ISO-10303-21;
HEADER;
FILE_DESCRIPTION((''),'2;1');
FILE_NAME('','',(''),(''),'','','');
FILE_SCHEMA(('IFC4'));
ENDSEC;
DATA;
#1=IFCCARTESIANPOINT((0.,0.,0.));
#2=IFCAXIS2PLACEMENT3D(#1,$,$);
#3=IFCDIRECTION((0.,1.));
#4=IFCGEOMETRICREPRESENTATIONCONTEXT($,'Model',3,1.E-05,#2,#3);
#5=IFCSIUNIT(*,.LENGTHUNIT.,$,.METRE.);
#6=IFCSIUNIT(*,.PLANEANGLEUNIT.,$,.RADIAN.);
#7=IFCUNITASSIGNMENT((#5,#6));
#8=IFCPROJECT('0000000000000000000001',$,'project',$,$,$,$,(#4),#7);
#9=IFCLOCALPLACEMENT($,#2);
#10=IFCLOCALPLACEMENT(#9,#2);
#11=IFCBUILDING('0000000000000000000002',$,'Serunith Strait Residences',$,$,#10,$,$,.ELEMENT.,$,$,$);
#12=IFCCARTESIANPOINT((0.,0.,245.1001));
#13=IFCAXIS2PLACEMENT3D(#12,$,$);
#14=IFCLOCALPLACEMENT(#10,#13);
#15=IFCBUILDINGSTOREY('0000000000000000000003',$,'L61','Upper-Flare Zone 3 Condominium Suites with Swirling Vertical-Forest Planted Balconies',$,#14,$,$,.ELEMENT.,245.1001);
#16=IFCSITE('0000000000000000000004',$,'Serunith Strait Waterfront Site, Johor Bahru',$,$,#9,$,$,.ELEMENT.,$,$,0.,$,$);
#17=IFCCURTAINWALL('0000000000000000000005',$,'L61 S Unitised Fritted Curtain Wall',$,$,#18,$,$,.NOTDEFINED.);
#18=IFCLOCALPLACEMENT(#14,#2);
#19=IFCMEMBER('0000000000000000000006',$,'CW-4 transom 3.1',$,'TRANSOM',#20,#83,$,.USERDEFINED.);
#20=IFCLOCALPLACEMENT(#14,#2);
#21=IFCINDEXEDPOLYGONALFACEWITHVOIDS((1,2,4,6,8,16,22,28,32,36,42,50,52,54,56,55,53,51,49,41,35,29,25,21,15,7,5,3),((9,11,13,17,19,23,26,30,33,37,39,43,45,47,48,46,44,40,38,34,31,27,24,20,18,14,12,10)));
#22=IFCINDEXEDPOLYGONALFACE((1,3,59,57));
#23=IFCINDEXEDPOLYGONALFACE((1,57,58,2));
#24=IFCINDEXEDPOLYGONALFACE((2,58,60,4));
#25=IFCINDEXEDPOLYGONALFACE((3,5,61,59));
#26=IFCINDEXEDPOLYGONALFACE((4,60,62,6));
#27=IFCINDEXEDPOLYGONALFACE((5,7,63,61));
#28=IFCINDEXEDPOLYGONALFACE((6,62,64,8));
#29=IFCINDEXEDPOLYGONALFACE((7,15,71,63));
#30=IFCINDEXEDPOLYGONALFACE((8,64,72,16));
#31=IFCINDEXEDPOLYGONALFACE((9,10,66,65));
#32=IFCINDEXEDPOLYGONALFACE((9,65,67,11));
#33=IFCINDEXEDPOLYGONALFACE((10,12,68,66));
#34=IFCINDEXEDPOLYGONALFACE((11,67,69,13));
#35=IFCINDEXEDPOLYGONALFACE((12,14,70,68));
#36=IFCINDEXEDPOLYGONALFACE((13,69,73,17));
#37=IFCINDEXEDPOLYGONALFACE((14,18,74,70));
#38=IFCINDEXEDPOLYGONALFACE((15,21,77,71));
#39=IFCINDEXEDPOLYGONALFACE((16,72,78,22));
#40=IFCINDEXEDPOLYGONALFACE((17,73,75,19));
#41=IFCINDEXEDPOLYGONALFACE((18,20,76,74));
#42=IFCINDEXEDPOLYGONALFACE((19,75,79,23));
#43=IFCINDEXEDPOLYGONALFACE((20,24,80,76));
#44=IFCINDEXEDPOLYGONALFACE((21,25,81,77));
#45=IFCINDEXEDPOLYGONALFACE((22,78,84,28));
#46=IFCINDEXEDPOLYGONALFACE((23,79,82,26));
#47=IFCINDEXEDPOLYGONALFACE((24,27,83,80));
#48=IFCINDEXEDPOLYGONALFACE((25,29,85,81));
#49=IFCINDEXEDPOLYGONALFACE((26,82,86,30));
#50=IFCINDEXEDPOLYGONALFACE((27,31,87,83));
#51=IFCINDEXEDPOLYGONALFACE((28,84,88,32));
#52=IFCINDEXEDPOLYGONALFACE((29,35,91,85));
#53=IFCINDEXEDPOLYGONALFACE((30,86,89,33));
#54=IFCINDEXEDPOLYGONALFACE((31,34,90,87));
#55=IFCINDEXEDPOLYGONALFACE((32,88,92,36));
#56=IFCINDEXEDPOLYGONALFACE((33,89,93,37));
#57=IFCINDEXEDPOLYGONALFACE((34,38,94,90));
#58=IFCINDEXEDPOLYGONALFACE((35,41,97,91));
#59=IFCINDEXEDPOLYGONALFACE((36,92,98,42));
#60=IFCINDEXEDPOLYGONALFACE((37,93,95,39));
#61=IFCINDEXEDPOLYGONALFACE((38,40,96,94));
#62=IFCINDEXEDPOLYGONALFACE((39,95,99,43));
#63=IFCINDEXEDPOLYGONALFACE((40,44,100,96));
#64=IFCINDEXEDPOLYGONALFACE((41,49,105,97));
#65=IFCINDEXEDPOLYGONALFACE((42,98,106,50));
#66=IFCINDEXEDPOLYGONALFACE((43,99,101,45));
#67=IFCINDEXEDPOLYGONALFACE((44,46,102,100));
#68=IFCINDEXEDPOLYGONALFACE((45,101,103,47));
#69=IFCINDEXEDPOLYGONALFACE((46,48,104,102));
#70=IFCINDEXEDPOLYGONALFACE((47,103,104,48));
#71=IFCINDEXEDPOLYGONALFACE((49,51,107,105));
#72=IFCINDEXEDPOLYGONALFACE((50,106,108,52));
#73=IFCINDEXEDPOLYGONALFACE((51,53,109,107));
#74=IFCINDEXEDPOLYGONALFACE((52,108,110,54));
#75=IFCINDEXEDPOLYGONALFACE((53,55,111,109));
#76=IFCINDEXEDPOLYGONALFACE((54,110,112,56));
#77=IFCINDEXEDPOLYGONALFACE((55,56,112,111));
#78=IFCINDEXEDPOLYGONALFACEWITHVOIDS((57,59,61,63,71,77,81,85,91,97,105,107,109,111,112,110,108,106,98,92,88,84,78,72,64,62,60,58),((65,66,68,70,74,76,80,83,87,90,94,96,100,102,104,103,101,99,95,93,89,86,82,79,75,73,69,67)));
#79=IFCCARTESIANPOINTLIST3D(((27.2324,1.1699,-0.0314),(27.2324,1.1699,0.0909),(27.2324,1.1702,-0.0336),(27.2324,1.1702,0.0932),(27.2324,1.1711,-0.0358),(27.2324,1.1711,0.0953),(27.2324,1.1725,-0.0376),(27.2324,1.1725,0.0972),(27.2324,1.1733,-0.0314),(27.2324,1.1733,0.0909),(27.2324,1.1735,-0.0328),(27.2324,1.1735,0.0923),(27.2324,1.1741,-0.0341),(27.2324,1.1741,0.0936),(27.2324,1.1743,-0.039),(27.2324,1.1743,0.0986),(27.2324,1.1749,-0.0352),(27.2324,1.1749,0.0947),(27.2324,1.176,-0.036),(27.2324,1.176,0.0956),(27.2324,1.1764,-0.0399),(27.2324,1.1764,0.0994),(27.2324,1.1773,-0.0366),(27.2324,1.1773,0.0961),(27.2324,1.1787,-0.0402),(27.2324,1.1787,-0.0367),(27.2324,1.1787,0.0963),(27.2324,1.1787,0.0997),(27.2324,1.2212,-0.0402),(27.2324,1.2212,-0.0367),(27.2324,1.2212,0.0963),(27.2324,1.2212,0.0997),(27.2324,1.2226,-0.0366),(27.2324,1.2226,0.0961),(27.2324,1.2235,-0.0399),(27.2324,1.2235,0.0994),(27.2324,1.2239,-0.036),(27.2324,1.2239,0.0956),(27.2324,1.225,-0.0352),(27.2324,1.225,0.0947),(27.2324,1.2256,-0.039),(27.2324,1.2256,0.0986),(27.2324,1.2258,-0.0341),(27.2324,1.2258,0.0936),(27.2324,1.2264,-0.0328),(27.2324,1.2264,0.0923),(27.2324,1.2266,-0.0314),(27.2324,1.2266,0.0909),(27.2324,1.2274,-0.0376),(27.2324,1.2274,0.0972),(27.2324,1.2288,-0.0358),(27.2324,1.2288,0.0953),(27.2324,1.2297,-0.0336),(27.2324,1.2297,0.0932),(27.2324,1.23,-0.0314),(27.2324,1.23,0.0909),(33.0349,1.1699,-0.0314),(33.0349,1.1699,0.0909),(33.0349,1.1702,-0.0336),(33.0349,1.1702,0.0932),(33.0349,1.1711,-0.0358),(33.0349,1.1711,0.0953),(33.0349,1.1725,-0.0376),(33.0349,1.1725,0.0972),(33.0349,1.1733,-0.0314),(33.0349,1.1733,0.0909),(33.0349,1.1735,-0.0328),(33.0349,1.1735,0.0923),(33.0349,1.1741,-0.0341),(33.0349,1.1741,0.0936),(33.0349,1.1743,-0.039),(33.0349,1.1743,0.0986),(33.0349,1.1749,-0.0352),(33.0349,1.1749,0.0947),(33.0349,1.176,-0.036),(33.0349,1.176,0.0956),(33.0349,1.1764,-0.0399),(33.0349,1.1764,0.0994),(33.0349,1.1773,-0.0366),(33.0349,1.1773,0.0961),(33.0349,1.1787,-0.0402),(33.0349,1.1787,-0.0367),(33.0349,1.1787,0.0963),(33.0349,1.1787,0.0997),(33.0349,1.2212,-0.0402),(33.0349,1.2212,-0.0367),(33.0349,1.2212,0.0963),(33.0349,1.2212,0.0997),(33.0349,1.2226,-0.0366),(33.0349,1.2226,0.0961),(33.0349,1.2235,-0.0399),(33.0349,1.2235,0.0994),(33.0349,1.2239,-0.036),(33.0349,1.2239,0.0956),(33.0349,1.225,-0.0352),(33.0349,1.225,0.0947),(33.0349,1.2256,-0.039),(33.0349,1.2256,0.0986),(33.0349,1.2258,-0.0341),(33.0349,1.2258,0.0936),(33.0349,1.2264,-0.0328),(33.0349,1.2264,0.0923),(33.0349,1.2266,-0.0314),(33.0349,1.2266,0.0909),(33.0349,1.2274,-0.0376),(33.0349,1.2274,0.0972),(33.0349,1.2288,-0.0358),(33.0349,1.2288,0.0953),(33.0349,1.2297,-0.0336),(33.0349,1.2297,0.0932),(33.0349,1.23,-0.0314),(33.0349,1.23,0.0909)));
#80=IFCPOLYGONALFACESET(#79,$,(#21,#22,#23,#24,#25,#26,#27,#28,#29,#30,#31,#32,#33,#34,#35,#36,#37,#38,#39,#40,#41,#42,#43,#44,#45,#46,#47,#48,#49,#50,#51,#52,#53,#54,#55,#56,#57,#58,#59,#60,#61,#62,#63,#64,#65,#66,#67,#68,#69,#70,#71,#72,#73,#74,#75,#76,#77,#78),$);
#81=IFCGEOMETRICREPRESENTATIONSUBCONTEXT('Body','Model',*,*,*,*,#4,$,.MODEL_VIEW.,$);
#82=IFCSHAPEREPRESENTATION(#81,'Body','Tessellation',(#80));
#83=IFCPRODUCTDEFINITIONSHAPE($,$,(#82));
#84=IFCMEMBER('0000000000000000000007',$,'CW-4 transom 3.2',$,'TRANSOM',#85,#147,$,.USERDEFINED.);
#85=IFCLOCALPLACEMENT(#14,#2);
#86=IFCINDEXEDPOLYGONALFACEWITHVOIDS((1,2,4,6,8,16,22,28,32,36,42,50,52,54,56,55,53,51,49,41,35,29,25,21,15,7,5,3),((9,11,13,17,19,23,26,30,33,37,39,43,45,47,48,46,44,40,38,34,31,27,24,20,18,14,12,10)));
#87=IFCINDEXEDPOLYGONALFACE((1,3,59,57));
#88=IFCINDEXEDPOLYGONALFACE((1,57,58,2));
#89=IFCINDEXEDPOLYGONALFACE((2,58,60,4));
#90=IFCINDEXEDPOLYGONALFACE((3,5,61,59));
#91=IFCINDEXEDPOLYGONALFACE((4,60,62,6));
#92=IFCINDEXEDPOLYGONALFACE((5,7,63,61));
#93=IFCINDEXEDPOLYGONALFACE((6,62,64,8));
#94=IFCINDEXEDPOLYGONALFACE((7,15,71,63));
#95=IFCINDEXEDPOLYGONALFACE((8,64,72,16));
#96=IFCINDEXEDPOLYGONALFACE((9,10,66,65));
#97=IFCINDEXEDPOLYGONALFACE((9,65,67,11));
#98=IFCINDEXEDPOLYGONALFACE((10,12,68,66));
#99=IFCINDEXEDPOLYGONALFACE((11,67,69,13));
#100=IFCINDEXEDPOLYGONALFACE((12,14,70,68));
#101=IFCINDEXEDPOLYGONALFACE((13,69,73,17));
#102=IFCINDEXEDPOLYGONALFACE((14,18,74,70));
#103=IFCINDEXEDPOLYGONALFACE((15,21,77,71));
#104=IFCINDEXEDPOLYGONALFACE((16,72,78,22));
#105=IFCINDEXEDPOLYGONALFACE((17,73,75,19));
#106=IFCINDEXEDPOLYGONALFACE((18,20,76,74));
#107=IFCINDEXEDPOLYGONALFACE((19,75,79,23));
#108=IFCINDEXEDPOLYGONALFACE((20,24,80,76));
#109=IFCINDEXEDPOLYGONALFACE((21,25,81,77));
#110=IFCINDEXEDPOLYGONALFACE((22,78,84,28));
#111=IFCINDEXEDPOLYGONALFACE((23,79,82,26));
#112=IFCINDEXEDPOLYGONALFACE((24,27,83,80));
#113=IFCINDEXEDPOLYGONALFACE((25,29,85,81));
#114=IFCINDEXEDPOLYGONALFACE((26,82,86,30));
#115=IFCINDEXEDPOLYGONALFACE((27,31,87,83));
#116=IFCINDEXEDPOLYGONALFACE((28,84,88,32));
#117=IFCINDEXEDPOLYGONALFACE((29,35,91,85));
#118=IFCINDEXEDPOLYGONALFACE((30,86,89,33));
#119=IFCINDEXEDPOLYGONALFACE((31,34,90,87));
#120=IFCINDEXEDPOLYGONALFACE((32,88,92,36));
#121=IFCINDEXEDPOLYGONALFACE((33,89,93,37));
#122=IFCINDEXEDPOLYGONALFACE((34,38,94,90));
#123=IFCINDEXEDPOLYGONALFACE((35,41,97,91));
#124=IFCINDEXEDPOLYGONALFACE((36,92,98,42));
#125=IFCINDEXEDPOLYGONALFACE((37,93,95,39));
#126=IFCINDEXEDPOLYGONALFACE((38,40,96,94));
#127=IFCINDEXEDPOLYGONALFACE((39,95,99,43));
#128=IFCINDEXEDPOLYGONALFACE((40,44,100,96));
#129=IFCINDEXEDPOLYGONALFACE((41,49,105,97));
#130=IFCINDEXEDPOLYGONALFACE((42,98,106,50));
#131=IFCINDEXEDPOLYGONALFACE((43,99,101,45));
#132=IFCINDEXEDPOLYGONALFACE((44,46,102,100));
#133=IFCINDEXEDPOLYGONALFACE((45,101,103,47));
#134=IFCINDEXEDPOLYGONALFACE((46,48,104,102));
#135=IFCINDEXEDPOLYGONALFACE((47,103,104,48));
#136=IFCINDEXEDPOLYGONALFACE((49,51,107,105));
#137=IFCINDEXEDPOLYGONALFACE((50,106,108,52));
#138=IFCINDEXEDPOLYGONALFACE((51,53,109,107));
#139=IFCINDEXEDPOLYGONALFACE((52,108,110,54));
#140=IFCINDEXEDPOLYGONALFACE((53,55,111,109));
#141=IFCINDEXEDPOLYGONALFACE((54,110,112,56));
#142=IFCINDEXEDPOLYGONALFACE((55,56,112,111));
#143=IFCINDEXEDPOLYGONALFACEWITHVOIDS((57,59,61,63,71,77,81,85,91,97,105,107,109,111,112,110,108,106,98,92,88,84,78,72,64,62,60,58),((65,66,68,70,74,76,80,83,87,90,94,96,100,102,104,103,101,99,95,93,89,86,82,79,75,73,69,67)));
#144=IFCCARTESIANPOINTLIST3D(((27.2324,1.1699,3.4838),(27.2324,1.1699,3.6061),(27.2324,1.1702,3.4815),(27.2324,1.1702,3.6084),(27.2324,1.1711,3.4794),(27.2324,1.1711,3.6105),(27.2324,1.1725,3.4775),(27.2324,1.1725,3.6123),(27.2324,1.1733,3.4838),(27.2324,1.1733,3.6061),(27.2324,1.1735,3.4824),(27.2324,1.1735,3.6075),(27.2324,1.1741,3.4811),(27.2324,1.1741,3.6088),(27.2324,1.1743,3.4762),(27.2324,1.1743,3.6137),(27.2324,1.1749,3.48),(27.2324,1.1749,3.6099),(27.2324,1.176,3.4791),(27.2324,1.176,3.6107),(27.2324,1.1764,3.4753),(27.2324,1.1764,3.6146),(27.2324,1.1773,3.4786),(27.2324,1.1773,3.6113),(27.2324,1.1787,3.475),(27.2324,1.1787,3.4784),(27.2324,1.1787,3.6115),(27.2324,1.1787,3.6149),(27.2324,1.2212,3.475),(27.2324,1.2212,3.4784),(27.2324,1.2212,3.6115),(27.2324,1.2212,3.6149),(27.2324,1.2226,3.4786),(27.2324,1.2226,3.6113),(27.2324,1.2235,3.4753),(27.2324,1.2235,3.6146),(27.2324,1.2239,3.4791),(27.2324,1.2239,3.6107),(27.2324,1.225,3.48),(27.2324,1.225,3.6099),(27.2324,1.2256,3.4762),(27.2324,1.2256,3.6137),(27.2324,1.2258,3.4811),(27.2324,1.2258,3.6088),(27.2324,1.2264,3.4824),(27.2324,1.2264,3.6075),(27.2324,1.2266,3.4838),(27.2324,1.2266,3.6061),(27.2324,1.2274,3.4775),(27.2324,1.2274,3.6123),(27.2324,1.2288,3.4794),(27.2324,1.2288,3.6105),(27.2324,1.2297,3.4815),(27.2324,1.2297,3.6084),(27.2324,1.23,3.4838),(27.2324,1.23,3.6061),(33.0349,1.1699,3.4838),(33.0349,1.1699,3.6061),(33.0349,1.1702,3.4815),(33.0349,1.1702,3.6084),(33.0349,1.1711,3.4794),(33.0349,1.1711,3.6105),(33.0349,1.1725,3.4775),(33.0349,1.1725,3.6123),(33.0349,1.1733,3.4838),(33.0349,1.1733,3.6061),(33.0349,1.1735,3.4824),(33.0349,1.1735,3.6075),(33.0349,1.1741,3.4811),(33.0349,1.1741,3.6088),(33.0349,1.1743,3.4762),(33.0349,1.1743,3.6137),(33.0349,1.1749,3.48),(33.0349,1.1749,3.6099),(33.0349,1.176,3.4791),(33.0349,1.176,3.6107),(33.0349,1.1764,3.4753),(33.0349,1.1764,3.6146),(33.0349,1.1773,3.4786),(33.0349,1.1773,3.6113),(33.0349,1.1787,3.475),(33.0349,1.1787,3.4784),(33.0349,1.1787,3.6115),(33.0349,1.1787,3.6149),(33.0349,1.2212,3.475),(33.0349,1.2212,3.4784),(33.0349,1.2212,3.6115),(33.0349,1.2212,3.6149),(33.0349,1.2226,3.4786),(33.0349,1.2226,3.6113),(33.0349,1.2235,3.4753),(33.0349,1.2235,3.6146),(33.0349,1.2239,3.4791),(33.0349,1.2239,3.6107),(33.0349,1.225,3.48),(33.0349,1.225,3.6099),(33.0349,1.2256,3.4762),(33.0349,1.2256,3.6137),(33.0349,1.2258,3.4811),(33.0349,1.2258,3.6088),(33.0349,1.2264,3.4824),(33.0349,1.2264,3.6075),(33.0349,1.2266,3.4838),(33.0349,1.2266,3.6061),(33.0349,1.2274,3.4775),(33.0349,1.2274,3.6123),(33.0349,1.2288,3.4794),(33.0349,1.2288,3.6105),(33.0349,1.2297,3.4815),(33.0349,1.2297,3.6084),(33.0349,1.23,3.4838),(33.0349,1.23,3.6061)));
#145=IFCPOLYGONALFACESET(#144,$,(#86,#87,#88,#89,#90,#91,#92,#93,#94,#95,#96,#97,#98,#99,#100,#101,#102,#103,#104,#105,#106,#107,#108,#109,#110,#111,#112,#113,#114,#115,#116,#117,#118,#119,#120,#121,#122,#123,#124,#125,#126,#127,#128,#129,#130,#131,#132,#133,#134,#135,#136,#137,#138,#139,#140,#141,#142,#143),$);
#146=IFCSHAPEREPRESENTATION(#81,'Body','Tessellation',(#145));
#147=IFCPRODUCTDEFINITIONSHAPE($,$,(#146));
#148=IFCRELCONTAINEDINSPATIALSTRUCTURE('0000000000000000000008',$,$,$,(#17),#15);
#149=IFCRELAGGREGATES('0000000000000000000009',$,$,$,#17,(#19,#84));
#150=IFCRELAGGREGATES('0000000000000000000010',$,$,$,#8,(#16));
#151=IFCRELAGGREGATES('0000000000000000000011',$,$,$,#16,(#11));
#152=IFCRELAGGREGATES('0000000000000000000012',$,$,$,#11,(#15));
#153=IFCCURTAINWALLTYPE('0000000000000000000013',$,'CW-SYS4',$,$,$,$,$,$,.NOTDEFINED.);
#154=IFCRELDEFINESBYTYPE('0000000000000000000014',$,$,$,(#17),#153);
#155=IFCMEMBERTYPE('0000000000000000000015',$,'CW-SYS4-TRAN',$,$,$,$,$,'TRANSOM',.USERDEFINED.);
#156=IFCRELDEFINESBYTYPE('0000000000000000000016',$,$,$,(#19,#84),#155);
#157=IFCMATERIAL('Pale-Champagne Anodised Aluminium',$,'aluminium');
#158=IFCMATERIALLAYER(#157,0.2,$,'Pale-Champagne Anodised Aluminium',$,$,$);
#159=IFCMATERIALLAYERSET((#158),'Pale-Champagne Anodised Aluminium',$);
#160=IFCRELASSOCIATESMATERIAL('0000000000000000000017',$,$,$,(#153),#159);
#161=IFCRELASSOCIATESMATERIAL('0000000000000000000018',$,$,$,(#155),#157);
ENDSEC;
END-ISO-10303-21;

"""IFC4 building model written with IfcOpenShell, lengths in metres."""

from ifc_helpers import new_model, si_unit, direction, frame, origin, origin_2d, place, context, subcontext, project, spatial, hollow_rectangle, extrude, source, transform, mapped, material, layer, layer_set, material_profile, profile_set, type_object, element, aggregate, save


model = new_model("IFC4")

# Units and contexts
model_context = context("Model", 3, precision=1e-05, world=origin(), true_north=direction((0.0, 1.0)))
body_context = subcontext(model_context, "Body", "Model", "MODEL_VIEW")
ifc_project = project(units=[si_unit("LENGTHUNIT", "METRE"), si_unit("PLANEANGLEUNIT", "RADIAN")], contexts=[model_context])

# Site, building, storey
site_placement = place(None, origin())
site = spatial("IfcSite", under=ifc_project, at=site_placement, Name="Serunith Strait Waterfront Site, Johor Bahru", CompositionType="ELEMENT", RefElevation=0.0)
building_placement = place(site_placement, origin())
building = spatial("IfcBuilding", under=site, at=building_placement, Name="Serunith Strait Residences", CompositionType="ELEMENT")
storey_placement = place(building_placement, frame((0.0, 0.0, 245.1001)))
storey = spatial("IfcBuildingStorey", under=building, at=storey_placement, Name="L61", Description="Upper-Flare Zone 3 Condominium Suites with Swirling Vertical-Forest Planted Balconies", CompositionType="ELEMENT", Elevation=245.1001)

# Curtain wall, members
ifc_material_1 = material(Name="Pale-Champagne Anodised Aluminium", Category="aluminium")
ifc_layer_1 = layer(ifc_material_1, 0.2, Name="Pale-Champagne Anodised Aluminium")
ifc_layer_set_1 = layer_set([ifc_layer_1], Name="Pale-Champagne Anodised Aluminium")
curtain_wall_type = type_object("IfcCurtainWallType", Name="CW-SYS4", PredefinedType="NOTDEFINED", material=ifc_layer_set_1)
curtain_wall_placement = place(storey_placement, origin())
curtain_wall = element("IfcCurtainWall", 1, at=curtain_wall_placement, inside=storey, type_object=curtain_wall_type, Name="L61 S Unitised Fritted Curtain Wall", PredefinedType="NOTDEFINED")
ifc_material_profile_1 = material_profile(ifc_material_1, hollow_rectangle(XDim=0.0601, YDim=0.1399, WallThickness=0.0034, InnerFilletRadius=0.0054, OuterFilletRadius=0.0088, at=origin_2d()), Name="ALU 140x60x3.5")
ifc_profile_set_1 = profile_set([ifc_material_profile_1], Name="Pale-Champagne Anodised Aluminium")
member_type_1 = type_object("IfcMemberType", Name="CW-SYS4-TRAN", ElementType="TRANSOM", PredefinedType="USERDEFINED", material=ifc_profile_set_1)
shared_shape_1 = source(origin(), body_context, "Body", "SweptSolid", [
    extrude(hollow_rectangle(XDim=0.0601, YDim=0.1399, WallThickness=0.0034, InnerFilletRadius=0.0054, OuterFilletRadius=0.0088, at=origin_2d()), origin(), (0.0, 0.0, 1.0), 5.8025),
])
member_1_placement = place(storey_placement, frame((27.2324, 1.2, 0.0298), z_axis=(1.0, 0.0, 0.0), x_axis=(0.0, 1.0, 0.0)))
member_1 = element("IfcMember", 2, at=member_1_placement, type_object=member_type_1, Name="CW-4 transom 3.1", ObjectType="TRANSOM", PredefinedType="USERDEFINED", context=body_context, shape_type="MappedRepresentation", body=[
    mapped(shared_shape_1, transform((0.0, 0.0, 0.0), scale=1.0)),
])
member_2_placement = place(storey_placement, frame((27.2324, 1.2, 3.5449), z_axis=(1.0, 0.0, 0.0), x_axis=(0.0, 1.0, 0.0)))
member_2 = element("IfcMember", 3, at=member_2_placement, type_object=member_type_1, Name="CW-4 transom 3.2", ObjectType="TRANSOM", PredefinedType="USERDEFINED", context=body_context, shape_type="MappedRepresentation", body=[
    mapped(shared_shape_1, transform((0.0, 0.0, 0.0), scale=1.0)),
])
aggregate(curtain_wall, [member_1, member_2])

save(model, "model.ifc")
